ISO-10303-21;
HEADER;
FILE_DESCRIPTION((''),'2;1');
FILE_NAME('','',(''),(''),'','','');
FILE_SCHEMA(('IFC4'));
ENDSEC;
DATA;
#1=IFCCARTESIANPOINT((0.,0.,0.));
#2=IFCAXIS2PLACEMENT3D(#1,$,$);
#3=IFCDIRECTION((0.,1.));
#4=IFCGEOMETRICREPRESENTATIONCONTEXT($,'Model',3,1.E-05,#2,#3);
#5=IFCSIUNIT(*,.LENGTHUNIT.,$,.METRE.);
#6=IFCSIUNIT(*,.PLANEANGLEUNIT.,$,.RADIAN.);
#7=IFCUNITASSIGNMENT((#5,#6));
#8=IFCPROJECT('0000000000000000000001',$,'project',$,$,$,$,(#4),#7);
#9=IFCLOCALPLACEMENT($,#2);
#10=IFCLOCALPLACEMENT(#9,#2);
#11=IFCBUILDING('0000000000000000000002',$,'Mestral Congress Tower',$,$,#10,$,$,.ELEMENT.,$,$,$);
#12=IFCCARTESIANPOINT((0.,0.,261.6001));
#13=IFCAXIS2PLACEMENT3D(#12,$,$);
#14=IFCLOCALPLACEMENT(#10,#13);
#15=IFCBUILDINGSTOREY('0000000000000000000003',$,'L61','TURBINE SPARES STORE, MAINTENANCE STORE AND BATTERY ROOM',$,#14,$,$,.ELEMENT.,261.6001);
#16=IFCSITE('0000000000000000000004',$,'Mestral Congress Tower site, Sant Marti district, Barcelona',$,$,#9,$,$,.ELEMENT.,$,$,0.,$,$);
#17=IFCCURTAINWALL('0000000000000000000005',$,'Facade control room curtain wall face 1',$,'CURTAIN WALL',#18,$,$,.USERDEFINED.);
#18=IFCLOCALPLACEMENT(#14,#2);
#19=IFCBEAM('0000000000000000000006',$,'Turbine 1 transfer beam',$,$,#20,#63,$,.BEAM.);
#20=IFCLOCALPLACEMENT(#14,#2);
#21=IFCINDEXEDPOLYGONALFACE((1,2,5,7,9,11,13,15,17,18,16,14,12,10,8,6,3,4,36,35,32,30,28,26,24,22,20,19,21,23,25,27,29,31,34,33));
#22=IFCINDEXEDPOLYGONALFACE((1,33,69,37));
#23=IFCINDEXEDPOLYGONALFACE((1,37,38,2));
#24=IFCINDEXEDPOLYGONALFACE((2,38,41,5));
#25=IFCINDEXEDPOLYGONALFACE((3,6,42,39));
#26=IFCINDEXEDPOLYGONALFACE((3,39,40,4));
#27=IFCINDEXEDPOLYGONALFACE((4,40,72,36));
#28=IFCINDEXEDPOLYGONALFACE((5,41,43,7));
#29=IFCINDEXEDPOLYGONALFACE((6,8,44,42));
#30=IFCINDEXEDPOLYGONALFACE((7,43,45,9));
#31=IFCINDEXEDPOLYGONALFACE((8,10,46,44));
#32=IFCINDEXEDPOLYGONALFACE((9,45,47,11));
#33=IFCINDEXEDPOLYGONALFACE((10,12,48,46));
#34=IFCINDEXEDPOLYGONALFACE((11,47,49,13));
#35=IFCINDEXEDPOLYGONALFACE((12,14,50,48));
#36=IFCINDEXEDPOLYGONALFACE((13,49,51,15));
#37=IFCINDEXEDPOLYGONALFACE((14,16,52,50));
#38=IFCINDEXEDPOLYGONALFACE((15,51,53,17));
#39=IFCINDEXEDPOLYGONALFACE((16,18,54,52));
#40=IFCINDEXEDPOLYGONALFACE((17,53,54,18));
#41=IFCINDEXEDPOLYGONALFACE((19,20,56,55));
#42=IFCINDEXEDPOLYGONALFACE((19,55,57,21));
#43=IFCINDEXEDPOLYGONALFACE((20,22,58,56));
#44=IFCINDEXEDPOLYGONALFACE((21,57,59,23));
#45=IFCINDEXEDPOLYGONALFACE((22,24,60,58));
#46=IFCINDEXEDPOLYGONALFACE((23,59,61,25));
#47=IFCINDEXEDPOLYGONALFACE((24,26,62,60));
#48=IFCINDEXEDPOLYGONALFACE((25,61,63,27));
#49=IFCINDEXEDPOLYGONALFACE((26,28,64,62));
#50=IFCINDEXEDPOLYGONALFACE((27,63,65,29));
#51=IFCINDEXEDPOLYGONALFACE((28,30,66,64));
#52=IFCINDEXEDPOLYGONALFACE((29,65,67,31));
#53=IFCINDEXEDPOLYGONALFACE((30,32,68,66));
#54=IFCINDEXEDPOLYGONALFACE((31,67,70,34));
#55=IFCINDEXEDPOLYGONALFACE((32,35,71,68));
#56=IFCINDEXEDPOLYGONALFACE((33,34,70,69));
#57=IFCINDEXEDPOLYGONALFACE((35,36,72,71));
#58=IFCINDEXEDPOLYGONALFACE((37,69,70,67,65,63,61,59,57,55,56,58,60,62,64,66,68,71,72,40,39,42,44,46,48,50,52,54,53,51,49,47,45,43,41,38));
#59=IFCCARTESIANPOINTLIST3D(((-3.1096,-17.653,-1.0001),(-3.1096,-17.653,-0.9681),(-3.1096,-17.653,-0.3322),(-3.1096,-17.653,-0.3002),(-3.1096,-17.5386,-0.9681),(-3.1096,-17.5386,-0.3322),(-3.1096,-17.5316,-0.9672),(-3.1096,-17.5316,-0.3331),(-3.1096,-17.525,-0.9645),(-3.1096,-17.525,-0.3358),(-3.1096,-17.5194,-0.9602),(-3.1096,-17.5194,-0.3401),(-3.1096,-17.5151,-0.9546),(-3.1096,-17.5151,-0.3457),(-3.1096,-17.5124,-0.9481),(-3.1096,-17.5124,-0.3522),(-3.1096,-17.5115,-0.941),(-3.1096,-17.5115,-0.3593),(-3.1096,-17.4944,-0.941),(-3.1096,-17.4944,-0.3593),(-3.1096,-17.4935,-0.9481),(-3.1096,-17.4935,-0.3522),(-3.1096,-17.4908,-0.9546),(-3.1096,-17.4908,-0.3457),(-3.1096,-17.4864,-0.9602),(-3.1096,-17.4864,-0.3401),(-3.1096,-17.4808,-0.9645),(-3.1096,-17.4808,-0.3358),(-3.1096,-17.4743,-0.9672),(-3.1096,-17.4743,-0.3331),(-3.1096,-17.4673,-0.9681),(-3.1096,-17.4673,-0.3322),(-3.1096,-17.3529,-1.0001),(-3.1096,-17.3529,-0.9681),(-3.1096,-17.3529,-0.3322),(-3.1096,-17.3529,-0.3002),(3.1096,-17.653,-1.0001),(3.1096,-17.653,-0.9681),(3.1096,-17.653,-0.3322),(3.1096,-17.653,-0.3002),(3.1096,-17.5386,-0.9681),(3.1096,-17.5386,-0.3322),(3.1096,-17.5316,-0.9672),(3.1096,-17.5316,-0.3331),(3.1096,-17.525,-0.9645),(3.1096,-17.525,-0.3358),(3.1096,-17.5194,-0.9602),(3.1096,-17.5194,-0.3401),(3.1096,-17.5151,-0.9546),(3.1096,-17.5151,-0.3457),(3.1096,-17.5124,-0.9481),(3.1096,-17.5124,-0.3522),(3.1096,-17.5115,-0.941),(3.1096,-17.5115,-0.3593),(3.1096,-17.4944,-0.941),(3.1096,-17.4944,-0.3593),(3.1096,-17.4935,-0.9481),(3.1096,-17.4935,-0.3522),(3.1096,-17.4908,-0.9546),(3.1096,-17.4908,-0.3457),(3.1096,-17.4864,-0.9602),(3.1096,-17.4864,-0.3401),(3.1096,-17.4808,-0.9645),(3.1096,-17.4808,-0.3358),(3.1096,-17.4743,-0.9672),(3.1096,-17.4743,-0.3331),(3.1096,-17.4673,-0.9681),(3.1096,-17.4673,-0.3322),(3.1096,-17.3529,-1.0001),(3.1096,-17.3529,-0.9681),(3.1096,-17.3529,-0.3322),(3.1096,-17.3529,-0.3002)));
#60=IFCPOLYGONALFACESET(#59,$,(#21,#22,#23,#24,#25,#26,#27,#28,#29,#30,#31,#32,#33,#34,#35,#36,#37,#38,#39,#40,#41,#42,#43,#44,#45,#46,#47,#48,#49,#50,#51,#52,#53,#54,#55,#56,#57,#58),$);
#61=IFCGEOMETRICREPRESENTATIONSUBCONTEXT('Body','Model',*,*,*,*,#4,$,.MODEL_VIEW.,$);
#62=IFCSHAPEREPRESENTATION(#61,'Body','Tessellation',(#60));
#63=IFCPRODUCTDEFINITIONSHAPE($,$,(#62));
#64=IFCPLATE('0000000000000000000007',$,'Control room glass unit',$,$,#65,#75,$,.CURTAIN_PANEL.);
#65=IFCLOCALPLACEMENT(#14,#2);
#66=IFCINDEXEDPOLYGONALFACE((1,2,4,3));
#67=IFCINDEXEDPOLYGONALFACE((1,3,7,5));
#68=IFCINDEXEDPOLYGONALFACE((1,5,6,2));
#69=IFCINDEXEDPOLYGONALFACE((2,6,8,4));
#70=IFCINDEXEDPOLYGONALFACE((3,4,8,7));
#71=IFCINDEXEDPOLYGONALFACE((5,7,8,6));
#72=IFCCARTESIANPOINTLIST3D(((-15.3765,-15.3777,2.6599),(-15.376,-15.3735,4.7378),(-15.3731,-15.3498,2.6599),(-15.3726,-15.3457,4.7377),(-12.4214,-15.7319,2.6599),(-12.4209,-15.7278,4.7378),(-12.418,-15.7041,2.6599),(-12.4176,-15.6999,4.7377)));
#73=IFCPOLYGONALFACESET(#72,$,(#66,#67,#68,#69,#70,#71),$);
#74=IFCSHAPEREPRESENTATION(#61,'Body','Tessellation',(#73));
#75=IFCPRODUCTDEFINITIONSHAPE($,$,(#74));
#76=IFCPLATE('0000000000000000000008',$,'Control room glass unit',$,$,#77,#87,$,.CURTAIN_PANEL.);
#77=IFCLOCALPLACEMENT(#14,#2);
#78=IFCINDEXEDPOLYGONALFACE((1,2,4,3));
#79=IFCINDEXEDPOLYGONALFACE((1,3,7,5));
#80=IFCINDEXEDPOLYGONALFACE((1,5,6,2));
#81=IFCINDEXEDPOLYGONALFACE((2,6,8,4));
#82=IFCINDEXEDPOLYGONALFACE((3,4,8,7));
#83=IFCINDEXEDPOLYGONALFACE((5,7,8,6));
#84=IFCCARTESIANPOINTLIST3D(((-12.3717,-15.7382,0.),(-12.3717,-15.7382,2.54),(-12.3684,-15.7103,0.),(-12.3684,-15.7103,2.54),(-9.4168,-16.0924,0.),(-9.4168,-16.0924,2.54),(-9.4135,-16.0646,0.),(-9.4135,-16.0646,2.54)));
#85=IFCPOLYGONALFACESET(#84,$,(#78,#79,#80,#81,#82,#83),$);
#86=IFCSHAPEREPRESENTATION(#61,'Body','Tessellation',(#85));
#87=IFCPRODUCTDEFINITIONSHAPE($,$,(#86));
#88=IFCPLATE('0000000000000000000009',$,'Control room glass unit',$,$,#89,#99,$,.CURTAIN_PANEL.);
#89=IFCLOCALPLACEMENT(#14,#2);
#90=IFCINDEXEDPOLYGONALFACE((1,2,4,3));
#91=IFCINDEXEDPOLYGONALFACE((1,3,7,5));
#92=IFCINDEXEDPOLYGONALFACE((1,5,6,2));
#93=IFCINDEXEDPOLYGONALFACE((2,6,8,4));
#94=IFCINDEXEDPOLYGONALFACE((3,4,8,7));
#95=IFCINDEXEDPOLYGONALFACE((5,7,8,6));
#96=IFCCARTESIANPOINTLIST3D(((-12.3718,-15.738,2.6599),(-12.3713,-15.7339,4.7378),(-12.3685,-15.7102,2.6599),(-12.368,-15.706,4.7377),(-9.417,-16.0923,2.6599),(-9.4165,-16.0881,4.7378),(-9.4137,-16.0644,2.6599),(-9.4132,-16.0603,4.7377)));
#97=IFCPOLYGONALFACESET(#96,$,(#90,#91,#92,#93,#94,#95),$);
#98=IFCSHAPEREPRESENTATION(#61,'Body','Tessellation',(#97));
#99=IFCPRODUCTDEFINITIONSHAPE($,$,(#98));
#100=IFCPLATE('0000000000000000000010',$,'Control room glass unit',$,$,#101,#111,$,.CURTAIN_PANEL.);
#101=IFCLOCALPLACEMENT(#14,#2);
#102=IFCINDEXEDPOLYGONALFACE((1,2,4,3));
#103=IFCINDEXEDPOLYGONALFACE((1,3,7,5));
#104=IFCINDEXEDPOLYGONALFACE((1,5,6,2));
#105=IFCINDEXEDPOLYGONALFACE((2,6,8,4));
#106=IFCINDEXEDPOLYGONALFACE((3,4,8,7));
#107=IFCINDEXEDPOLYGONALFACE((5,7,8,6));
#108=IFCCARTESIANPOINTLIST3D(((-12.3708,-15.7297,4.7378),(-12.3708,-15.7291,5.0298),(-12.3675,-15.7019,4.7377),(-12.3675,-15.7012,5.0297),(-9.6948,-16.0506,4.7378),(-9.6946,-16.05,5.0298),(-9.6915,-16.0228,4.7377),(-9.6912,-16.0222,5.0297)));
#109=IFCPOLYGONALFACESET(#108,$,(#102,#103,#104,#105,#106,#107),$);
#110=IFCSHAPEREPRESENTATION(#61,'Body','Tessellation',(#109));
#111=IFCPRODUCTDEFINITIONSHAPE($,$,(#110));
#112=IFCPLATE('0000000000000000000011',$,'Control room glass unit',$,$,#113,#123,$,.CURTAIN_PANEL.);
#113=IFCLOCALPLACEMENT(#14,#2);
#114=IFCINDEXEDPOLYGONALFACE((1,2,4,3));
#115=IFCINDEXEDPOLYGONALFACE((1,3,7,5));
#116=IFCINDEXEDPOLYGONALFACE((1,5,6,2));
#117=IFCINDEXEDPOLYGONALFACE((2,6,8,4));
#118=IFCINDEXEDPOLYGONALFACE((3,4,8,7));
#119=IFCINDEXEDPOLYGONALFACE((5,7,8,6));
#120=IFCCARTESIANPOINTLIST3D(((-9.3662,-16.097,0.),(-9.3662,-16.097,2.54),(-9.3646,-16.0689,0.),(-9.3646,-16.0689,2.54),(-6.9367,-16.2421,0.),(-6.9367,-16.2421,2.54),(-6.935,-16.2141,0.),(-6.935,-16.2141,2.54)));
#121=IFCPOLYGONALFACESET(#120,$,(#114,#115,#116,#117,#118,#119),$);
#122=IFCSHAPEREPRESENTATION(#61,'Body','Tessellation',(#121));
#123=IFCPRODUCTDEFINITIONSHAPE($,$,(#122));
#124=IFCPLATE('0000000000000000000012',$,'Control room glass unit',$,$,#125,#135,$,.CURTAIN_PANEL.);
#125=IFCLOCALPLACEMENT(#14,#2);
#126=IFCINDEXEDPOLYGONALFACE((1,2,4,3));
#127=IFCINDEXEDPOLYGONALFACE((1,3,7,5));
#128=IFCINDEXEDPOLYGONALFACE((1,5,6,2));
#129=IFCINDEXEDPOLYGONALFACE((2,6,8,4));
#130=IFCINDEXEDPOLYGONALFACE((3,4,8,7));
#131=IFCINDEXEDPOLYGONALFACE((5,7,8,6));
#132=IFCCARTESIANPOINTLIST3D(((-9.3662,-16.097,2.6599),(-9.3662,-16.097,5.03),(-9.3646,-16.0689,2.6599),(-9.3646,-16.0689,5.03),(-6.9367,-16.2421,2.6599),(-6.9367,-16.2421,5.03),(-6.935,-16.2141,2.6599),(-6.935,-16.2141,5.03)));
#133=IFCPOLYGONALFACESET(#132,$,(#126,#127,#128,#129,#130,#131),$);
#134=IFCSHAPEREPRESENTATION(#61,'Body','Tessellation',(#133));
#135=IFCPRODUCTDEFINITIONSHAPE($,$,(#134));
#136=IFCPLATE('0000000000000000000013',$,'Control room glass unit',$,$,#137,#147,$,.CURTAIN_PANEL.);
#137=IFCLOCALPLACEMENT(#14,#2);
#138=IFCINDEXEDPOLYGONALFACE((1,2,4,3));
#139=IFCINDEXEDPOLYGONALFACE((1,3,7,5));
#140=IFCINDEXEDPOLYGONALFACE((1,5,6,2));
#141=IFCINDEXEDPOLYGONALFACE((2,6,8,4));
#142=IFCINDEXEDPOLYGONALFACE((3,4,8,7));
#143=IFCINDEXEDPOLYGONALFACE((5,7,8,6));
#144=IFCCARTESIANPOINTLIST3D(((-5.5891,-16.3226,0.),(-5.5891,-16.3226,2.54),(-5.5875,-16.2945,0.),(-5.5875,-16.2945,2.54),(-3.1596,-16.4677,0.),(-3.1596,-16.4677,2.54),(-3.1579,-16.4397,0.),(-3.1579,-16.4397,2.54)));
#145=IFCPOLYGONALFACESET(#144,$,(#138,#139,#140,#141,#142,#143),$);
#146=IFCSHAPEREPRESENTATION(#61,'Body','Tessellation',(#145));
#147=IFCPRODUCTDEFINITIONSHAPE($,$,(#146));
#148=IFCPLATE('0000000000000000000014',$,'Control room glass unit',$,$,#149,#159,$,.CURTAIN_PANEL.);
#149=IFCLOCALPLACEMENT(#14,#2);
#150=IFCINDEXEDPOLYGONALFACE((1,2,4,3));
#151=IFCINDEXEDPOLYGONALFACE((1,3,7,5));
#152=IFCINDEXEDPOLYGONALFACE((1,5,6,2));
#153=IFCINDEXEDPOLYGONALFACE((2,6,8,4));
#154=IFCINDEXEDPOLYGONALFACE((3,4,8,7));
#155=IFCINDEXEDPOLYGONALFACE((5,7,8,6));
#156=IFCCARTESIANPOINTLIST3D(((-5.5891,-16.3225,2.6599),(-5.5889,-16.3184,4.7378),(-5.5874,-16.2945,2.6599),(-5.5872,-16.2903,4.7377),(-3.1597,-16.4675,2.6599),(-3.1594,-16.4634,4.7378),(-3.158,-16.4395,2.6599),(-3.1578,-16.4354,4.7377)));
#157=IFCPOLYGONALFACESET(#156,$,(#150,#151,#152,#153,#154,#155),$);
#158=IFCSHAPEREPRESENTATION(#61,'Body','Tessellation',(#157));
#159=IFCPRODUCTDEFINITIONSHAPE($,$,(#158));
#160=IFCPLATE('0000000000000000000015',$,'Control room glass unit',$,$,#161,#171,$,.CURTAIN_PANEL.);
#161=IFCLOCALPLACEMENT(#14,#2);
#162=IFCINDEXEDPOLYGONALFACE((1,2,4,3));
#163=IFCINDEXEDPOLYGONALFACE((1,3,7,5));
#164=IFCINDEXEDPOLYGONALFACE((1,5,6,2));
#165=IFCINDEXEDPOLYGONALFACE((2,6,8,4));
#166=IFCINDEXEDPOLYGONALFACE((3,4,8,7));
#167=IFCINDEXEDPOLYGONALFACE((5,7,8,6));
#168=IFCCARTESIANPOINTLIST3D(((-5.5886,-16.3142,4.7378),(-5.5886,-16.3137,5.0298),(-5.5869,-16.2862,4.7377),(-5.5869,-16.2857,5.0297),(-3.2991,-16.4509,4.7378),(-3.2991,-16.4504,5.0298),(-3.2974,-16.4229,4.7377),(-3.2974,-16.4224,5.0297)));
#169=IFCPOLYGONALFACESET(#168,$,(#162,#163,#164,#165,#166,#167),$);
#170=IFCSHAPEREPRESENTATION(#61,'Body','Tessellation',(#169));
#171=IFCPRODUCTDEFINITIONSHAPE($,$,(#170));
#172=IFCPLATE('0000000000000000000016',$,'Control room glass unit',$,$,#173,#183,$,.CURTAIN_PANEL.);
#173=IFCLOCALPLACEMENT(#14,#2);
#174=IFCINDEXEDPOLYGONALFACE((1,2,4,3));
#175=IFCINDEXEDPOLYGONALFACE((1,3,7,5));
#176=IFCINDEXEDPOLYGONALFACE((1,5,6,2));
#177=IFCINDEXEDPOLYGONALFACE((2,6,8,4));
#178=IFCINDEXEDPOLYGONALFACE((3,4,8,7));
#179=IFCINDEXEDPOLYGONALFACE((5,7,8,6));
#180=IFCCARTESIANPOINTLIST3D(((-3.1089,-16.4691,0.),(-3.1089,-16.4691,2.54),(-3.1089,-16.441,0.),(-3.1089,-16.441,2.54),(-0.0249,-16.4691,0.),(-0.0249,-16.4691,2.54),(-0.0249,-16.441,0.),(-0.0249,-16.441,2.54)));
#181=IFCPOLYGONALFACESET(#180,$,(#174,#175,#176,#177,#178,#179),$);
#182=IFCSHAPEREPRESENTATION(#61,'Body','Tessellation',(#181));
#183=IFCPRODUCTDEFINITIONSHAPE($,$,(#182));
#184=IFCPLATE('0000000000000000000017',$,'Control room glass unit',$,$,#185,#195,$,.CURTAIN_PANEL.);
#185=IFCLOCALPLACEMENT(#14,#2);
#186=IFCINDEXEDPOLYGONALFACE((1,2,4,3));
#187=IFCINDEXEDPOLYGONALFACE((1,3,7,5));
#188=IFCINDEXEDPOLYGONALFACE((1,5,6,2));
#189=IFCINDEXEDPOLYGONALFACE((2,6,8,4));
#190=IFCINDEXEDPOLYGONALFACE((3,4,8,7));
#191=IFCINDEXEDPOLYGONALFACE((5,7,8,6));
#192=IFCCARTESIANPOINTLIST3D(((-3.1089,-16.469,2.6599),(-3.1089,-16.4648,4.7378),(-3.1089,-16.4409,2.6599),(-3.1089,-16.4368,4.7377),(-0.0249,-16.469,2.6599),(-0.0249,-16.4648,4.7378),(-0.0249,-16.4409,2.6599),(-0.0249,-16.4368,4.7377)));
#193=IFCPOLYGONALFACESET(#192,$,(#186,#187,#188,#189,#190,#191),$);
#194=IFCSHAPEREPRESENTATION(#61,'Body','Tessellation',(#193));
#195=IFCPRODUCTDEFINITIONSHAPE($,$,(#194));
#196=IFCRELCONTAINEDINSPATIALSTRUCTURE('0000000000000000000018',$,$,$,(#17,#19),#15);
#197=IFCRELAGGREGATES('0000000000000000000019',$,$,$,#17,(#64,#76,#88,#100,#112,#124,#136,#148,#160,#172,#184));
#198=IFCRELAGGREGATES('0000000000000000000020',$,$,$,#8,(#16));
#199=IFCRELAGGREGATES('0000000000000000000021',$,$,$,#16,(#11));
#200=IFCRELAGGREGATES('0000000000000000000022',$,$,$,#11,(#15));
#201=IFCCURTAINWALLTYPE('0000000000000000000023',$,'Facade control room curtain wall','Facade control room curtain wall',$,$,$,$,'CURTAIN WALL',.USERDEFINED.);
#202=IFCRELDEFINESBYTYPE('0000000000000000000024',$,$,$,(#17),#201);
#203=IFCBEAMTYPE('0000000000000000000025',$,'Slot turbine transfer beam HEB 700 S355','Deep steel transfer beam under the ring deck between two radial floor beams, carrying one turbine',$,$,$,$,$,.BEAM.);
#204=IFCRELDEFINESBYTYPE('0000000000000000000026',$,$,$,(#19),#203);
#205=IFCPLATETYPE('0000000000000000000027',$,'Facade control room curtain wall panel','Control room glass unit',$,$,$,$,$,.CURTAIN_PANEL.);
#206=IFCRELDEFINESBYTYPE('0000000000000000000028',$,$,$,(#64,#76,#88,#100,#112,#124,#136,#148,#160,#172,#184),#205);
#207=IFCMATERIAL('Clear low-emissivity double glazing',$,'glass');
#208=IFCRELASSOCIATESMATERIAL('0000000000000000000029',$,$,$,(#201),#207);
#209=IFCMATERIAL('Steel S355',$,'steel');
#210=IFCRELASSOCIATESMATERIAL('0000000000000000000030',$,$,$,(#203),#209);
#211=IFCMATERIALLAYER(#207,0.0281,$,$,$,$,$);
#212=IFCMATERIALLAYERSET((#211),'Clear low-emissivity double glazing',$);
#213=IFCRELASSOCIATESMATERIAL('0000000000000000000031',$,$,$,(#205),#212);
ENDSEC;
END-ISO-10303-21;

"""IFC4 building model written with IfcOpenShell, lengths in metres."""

from ifc_helpers import new_model, si_unit, direction, frame, origin, origin_2d, place, context, subcontext, project, spatial, polyline, rectangle, i_section, outline, extrude, material, layer, layer_set, material_profile, profile_set, type_object, element, aggregate, save


model = new_model("IFC4")

# Units and contexts
model_context = context("Model", 3, precision=1e-05, world=origin(), true_north=direction((0.0, 1.0)))
body_context = subcontext(model_context, "Body", "Model", "MODEL_VIEW")
ifc_project = project(units=[si_unit("LENGTHUNIT", "METRE"), si_unit("PLANEANGLEUNIT", "RADIAN")], contexts=[model_context])

# Site, building, storey
site_placement = place(None, origin())
site = spatial("IfcSite", under=ifc_project, at=site_placement, Name="Mestral Congress Tower site, Sant Marti district, Barcelona", CompositionType="ELEMENT", RefElevation=0.0)
building_placement = place(site_placement, origin())
building = spatial("IfcBuilding", under=site, at=building_placement, Name="Mestral Congress Tower", CompositionType="ELEMENT")
storey_placement = place(building_placement, frame((0.0, 0.0, 261.6001)))
storey = spatial("IfcBuildingStorey", under=building, at=storey_placement, Name="L61", Description="TURBINE SPARES STORE, MAINTENANCE STORE AND BATTERY ROOM", CompositionType="ELEMENT", Elevation=261.6001)

# Curtain wall
ifc_material_1 = material(Name="Clear low-emissivity double glazing", Category="glass")
curtain_wall_type = type_object("IfcCurtainWallType", Name="Facade control room curtain wall", Description="Facade control room curtain wall", ElementType="CURTAIN WALL", PredefinedType="USERDEFINED", material=ifc_material_1)
curtain_wall_placement = place(storey_placement, origin())
curtain_wall = element("IfcCurtainWall", 1, at=curtain_wall_placement, inside=storey, type_object=curtain_wall_type, Name="Facade control room curtain wall face 1", ObjectType="CURTAIN WALL", PredefinedType="USERDEFINED")

# Shared definitions
ifc_material_2 = material(Name="Steel S355", Category="steel")

# Beam
ifc_material_profile_1 = material_profile(ifc_material_2, i_section(OverallWidth=0.3, OverallDepth=0.7, WebThickness=0.0171, FlangeThickness=0.032, FilletRadius=0.0271, at=origin_2d()), Name="HEB 700")
ifc_profile_set_1 = profile_set([ifc_material_profile_1], Name="Steel S355")
beam_type_1 = type_object("IfcBeamType", Name="Slot turbine transfer beam HEB 700 S355", Description="Deep steel transfer beam under the ring deck between two radial floor beams, carrying one turbine", PredefinedType="BEAM", material=ifc_profile_set_1)
beam_1_placement = place(storey_placement, frame((-3.1096, -17.5029, -0.6501), z_axis=(1.0, 0.0, 0.0), x_axis=(0.0, 1.0, 0.0)))
element("IfcBeam", 2, at=beam_1_placement, inside=storey, type_object=beam_type_1, Name="Turbine 1 transfer beam", PredefinedType="BEAM", context=body_context, shape_type="SweptSolid", body=[
    extrude(i_section(OverallWidth=0.3, OverallDepth=0.7, WebThickness=0.0171, FlangeThickness=0.032, FilletRadius=0.0271, at=origin_2d()), origin(), (0.0, 0.0, 1.0), 6.2192),
])

# Plates
ifc_layer_1 = layer(ifc_material_1, 0.0281)
ifc_layer_set_1 = layer_set([ifc_layer_1], Name="Clear low-emissivity double glazing")
plate_type = type_object("IfcPlateType", Name="Facade control room curtain wall panel", Description="Control room glass unit", PredefinedType="CURTAIN_PANEL", material=ifc_layer_set_1)
plate_1_placement = place(storey_placement, frame((-12.4214, -15.7319, 2.6599), z_axis=(-0.119025, -0.992889, 0.002011), x_axis=(-0.992891, 0.119026, 0.0)))
plate_1 = element("IfcPlate", 3, at=plate_1_placement, type_object=plate_type, Name="Control room glass unit", PredefinedType="CURTAIN_PANEL", context=body_context, shape_type="SweptSolid", body=[
    extrude(outline(polyline([(0.0, 0.0), (2.9762, 0.0), (2.9762, -2.0779), (0.0, -2.0779), (0.0, 0.0)])), origin(), (0.0, 0.0, -1.0), 0.0281),
])
plate_2_placement = place(storey_placement, frame((-10.8926, -15.9014, 0.0), z_axis=(0.0, 0.0, 1.0), x_axis=(0.992889, -0.119045, 0.0)))
plate_2 = element("IfcPlate", 4, at=plate_2_placement, type_object=plate_type, Name="Control room glass unit", PredefinedType="CURTAIN_PANEL", context=body_context, shape_type="SweptSolid", body=[
    extrude(rectangle(XDim=2.9761, YDim=0.0281, at=origin_2d()), origin(), (0.0, 0.0, 1.0), 2.54),
])
plate_3_placement = place(storey_placement, frame((-9.417, -16.0923, 2.6599), z_axis=(-0.119035, -0.992888, 0.002011), x_axis=(-0.99289, 0.119035, 0.0)))
plate_3 = element("IfcPlate", 5, at=plate_3_placement, type_object=plate_type, Name="Control room glass unit", PredefinedType="CURTAIN_PANEL", context=body_context, shape_type="SweptSolid", body=[
    extrude(outline(polyline([(0.0, 0.0), (2.976, 0.0), (2.976, -2.0779), (0.0, -2.0779), (0.0, 0.0)])), origin(), (0.0, 0.0, -1.0), 0.0281),
])
plate_4_placement = place(storey_placement, frame((-12.3708, -15.7297, 4.7378), z_axis=(-0.119066, -0.992884, 0.002125), x_axis=(0.000055, 0.002134, 0.999998)))
plate_4 = element("IfcPlate", 6, at=plate_4_placement, type_object=plate_type, Name="Control room glass unit", PredefinedType="CURTAIN_PANEL", context=body_context, shape_type="SweptSolid", body=[
    extrude(outline(polyline([(0.0, 0.0), (0.292, 0.0), (0.2915, -2.6954), (-0.0005, -2.6952), (0.0, 0.0)])), origin(), (0.0, 0.0, -1.0), 0.0281),
])
plate_5_placement = place(storey_placement, frame((-8.1506, -16.1555, 0.0), z_axis=(0.0, 0.0, 1.0), x_axis=(0.998221, -0.059629, 0.0)))
plate_5 = element("IfcPlate", 7, at=plate_5_placement, type_object=plate_type, Name="Control room glass unit", PredefinedType="CURTAIN_PANEL", context=body_context, shape_type="SweptSolid", body=[
    extrude(rectangle(XDim=2.4338, YDim=0.0281, at=origin_2d()), origin(), (0.0, 0.0, 1.0), 2.54),
])
plate_6_placement = place(storey_placement, frame((-8.1506, -16.1555, 2.6599), z_axis=(0.0, 0.0, 1.0), x_axis=(0.998221, -0.059629, 0.0)))
plate_6 = element("IfcPlate", 8, at=plate_6_placement, type_object=plate_type, Name="Control room glass unit", PredefinedType="CURTAIN_PANEL", context=body_context, shape_type="SweptSolid", body=[
    extrude(rectangle(XDim=2.4338, YDim=0.0281, at=origin_2d()), origin(), (0.0, 0.0, 1.0), 2.3701),
])
plate_7_placement = place(storey_placement, frame((-4.3735, -16.3811, 0.0), z_axis=(0.0, 0.0, 1.0), x_axis=(0.998221, -0.059629, 0.0)))
plate_7 = element("IfcPlate", 9, at=plate_7_placement, type_object=plate_type, Name="Control room glass unit", PredefinedType="CURTAIN_PANEL", context=body_context, shape_type="SweptSolid", body=[
    extrude(rectangle(XDim=2.4338, YDim=0.0281, at=origin_2d()), origin(), (0.0, 0.0, 1.0), 2.54),
])
plate_8_placement = place(storey_placement, frame((-3.1597, -16.4675, 2.6599), z_axis=(-0.059586, -0.998221, 0.002001), x_axis=(-0.998223, 0.059586, 0.0)))
plate_8 = element("IfcPlate", 10, at=plate_8_placement, type_object=plate_type, Name="Control room glass unit", PredefinedType="CURTAIN_PANEL", context=body_context, shape_type="SweptSolid", body=[
    extrude(outline(polyline([(0.0, 0.0), (2.4338, 0.0), (2.4338, -2.0779), (0.0, -2.0779), (0.0, 0.0)])), origin(), (0.0, 0.0, -1.0), 0.0281),
])
plate_9_placement = place(storey_placement, frame((-5.5886, -16.3142, 4.7378), z_axis=(-0.059608, -0.99822, 0.001669), x_axis=(0.0, 0.001672, 0.999999)))
plate_9 = element("IfcPlate", 11, at=plate_9_placement, type_object=plate_type, Name="Control room glass unit", PredefinedType="CURTAIN_PANEL", context=body_context, shape_type="SweptSolid", body=[
    extrude(outline(polyline([(0.0, 0.0), (0.292, 0.0), (0.2918, -2.2936), (-0.0002, -2.2936), (0.0, 0.0)])), origin(), (0.0, 0.0, -1.0), 0.0281),
])
plate_10_placement = place(storey_placement, frame((-1.5669, -16.4551, 0.0), z_axis=(0.0, 0.0, 1.0), x_axis=(1.0, 0.0, 0.0)))
plate_10 = element("IfcPlate", 12, at=plate_10_placement, type_object=plate_type, Name="Control room glass unit", PredefinedType="CURTAIN_PANEL", context=body_context, shape_type="SweptSolid", body=[
    extrude(rectangle(XDim=3.084, YDim=0.0281, at=origin_2d()), origin(), (0.0, 0.0, 1.0), 2.54),
])
plate_11_placement = place(storey_placement, frame((-0.0249, -16.469, 2.6599), z_axis=(0.0, -0.999998, 0.001997), x_axis=(-1.0, 0.0, 0.0)))
plate_11 = element("IfcPlate", 13, at=plate_11_placement, type_object=plate_type, Name="Control room glass unit", PredefinedType="CURTAIN_PANEL", context=body_context, shape_type="SweptSolid", body=[
    extrude(outline(polyline([(0.0, 0.0), (3.084, 0.0), (3.084, -2.0779), (0.0, -2.0779), (0.0, 0.0)])), origin(), (0.0, 0.0, -1.0), 0.0281),
])
aggregate(curtain_wall, [plate_1, plate_2, plate_3, plate_4, plate_5, plate_6, plate_7, plate_8, plate_9, plate_10, plate_11])

save(model, "model.ifc")
